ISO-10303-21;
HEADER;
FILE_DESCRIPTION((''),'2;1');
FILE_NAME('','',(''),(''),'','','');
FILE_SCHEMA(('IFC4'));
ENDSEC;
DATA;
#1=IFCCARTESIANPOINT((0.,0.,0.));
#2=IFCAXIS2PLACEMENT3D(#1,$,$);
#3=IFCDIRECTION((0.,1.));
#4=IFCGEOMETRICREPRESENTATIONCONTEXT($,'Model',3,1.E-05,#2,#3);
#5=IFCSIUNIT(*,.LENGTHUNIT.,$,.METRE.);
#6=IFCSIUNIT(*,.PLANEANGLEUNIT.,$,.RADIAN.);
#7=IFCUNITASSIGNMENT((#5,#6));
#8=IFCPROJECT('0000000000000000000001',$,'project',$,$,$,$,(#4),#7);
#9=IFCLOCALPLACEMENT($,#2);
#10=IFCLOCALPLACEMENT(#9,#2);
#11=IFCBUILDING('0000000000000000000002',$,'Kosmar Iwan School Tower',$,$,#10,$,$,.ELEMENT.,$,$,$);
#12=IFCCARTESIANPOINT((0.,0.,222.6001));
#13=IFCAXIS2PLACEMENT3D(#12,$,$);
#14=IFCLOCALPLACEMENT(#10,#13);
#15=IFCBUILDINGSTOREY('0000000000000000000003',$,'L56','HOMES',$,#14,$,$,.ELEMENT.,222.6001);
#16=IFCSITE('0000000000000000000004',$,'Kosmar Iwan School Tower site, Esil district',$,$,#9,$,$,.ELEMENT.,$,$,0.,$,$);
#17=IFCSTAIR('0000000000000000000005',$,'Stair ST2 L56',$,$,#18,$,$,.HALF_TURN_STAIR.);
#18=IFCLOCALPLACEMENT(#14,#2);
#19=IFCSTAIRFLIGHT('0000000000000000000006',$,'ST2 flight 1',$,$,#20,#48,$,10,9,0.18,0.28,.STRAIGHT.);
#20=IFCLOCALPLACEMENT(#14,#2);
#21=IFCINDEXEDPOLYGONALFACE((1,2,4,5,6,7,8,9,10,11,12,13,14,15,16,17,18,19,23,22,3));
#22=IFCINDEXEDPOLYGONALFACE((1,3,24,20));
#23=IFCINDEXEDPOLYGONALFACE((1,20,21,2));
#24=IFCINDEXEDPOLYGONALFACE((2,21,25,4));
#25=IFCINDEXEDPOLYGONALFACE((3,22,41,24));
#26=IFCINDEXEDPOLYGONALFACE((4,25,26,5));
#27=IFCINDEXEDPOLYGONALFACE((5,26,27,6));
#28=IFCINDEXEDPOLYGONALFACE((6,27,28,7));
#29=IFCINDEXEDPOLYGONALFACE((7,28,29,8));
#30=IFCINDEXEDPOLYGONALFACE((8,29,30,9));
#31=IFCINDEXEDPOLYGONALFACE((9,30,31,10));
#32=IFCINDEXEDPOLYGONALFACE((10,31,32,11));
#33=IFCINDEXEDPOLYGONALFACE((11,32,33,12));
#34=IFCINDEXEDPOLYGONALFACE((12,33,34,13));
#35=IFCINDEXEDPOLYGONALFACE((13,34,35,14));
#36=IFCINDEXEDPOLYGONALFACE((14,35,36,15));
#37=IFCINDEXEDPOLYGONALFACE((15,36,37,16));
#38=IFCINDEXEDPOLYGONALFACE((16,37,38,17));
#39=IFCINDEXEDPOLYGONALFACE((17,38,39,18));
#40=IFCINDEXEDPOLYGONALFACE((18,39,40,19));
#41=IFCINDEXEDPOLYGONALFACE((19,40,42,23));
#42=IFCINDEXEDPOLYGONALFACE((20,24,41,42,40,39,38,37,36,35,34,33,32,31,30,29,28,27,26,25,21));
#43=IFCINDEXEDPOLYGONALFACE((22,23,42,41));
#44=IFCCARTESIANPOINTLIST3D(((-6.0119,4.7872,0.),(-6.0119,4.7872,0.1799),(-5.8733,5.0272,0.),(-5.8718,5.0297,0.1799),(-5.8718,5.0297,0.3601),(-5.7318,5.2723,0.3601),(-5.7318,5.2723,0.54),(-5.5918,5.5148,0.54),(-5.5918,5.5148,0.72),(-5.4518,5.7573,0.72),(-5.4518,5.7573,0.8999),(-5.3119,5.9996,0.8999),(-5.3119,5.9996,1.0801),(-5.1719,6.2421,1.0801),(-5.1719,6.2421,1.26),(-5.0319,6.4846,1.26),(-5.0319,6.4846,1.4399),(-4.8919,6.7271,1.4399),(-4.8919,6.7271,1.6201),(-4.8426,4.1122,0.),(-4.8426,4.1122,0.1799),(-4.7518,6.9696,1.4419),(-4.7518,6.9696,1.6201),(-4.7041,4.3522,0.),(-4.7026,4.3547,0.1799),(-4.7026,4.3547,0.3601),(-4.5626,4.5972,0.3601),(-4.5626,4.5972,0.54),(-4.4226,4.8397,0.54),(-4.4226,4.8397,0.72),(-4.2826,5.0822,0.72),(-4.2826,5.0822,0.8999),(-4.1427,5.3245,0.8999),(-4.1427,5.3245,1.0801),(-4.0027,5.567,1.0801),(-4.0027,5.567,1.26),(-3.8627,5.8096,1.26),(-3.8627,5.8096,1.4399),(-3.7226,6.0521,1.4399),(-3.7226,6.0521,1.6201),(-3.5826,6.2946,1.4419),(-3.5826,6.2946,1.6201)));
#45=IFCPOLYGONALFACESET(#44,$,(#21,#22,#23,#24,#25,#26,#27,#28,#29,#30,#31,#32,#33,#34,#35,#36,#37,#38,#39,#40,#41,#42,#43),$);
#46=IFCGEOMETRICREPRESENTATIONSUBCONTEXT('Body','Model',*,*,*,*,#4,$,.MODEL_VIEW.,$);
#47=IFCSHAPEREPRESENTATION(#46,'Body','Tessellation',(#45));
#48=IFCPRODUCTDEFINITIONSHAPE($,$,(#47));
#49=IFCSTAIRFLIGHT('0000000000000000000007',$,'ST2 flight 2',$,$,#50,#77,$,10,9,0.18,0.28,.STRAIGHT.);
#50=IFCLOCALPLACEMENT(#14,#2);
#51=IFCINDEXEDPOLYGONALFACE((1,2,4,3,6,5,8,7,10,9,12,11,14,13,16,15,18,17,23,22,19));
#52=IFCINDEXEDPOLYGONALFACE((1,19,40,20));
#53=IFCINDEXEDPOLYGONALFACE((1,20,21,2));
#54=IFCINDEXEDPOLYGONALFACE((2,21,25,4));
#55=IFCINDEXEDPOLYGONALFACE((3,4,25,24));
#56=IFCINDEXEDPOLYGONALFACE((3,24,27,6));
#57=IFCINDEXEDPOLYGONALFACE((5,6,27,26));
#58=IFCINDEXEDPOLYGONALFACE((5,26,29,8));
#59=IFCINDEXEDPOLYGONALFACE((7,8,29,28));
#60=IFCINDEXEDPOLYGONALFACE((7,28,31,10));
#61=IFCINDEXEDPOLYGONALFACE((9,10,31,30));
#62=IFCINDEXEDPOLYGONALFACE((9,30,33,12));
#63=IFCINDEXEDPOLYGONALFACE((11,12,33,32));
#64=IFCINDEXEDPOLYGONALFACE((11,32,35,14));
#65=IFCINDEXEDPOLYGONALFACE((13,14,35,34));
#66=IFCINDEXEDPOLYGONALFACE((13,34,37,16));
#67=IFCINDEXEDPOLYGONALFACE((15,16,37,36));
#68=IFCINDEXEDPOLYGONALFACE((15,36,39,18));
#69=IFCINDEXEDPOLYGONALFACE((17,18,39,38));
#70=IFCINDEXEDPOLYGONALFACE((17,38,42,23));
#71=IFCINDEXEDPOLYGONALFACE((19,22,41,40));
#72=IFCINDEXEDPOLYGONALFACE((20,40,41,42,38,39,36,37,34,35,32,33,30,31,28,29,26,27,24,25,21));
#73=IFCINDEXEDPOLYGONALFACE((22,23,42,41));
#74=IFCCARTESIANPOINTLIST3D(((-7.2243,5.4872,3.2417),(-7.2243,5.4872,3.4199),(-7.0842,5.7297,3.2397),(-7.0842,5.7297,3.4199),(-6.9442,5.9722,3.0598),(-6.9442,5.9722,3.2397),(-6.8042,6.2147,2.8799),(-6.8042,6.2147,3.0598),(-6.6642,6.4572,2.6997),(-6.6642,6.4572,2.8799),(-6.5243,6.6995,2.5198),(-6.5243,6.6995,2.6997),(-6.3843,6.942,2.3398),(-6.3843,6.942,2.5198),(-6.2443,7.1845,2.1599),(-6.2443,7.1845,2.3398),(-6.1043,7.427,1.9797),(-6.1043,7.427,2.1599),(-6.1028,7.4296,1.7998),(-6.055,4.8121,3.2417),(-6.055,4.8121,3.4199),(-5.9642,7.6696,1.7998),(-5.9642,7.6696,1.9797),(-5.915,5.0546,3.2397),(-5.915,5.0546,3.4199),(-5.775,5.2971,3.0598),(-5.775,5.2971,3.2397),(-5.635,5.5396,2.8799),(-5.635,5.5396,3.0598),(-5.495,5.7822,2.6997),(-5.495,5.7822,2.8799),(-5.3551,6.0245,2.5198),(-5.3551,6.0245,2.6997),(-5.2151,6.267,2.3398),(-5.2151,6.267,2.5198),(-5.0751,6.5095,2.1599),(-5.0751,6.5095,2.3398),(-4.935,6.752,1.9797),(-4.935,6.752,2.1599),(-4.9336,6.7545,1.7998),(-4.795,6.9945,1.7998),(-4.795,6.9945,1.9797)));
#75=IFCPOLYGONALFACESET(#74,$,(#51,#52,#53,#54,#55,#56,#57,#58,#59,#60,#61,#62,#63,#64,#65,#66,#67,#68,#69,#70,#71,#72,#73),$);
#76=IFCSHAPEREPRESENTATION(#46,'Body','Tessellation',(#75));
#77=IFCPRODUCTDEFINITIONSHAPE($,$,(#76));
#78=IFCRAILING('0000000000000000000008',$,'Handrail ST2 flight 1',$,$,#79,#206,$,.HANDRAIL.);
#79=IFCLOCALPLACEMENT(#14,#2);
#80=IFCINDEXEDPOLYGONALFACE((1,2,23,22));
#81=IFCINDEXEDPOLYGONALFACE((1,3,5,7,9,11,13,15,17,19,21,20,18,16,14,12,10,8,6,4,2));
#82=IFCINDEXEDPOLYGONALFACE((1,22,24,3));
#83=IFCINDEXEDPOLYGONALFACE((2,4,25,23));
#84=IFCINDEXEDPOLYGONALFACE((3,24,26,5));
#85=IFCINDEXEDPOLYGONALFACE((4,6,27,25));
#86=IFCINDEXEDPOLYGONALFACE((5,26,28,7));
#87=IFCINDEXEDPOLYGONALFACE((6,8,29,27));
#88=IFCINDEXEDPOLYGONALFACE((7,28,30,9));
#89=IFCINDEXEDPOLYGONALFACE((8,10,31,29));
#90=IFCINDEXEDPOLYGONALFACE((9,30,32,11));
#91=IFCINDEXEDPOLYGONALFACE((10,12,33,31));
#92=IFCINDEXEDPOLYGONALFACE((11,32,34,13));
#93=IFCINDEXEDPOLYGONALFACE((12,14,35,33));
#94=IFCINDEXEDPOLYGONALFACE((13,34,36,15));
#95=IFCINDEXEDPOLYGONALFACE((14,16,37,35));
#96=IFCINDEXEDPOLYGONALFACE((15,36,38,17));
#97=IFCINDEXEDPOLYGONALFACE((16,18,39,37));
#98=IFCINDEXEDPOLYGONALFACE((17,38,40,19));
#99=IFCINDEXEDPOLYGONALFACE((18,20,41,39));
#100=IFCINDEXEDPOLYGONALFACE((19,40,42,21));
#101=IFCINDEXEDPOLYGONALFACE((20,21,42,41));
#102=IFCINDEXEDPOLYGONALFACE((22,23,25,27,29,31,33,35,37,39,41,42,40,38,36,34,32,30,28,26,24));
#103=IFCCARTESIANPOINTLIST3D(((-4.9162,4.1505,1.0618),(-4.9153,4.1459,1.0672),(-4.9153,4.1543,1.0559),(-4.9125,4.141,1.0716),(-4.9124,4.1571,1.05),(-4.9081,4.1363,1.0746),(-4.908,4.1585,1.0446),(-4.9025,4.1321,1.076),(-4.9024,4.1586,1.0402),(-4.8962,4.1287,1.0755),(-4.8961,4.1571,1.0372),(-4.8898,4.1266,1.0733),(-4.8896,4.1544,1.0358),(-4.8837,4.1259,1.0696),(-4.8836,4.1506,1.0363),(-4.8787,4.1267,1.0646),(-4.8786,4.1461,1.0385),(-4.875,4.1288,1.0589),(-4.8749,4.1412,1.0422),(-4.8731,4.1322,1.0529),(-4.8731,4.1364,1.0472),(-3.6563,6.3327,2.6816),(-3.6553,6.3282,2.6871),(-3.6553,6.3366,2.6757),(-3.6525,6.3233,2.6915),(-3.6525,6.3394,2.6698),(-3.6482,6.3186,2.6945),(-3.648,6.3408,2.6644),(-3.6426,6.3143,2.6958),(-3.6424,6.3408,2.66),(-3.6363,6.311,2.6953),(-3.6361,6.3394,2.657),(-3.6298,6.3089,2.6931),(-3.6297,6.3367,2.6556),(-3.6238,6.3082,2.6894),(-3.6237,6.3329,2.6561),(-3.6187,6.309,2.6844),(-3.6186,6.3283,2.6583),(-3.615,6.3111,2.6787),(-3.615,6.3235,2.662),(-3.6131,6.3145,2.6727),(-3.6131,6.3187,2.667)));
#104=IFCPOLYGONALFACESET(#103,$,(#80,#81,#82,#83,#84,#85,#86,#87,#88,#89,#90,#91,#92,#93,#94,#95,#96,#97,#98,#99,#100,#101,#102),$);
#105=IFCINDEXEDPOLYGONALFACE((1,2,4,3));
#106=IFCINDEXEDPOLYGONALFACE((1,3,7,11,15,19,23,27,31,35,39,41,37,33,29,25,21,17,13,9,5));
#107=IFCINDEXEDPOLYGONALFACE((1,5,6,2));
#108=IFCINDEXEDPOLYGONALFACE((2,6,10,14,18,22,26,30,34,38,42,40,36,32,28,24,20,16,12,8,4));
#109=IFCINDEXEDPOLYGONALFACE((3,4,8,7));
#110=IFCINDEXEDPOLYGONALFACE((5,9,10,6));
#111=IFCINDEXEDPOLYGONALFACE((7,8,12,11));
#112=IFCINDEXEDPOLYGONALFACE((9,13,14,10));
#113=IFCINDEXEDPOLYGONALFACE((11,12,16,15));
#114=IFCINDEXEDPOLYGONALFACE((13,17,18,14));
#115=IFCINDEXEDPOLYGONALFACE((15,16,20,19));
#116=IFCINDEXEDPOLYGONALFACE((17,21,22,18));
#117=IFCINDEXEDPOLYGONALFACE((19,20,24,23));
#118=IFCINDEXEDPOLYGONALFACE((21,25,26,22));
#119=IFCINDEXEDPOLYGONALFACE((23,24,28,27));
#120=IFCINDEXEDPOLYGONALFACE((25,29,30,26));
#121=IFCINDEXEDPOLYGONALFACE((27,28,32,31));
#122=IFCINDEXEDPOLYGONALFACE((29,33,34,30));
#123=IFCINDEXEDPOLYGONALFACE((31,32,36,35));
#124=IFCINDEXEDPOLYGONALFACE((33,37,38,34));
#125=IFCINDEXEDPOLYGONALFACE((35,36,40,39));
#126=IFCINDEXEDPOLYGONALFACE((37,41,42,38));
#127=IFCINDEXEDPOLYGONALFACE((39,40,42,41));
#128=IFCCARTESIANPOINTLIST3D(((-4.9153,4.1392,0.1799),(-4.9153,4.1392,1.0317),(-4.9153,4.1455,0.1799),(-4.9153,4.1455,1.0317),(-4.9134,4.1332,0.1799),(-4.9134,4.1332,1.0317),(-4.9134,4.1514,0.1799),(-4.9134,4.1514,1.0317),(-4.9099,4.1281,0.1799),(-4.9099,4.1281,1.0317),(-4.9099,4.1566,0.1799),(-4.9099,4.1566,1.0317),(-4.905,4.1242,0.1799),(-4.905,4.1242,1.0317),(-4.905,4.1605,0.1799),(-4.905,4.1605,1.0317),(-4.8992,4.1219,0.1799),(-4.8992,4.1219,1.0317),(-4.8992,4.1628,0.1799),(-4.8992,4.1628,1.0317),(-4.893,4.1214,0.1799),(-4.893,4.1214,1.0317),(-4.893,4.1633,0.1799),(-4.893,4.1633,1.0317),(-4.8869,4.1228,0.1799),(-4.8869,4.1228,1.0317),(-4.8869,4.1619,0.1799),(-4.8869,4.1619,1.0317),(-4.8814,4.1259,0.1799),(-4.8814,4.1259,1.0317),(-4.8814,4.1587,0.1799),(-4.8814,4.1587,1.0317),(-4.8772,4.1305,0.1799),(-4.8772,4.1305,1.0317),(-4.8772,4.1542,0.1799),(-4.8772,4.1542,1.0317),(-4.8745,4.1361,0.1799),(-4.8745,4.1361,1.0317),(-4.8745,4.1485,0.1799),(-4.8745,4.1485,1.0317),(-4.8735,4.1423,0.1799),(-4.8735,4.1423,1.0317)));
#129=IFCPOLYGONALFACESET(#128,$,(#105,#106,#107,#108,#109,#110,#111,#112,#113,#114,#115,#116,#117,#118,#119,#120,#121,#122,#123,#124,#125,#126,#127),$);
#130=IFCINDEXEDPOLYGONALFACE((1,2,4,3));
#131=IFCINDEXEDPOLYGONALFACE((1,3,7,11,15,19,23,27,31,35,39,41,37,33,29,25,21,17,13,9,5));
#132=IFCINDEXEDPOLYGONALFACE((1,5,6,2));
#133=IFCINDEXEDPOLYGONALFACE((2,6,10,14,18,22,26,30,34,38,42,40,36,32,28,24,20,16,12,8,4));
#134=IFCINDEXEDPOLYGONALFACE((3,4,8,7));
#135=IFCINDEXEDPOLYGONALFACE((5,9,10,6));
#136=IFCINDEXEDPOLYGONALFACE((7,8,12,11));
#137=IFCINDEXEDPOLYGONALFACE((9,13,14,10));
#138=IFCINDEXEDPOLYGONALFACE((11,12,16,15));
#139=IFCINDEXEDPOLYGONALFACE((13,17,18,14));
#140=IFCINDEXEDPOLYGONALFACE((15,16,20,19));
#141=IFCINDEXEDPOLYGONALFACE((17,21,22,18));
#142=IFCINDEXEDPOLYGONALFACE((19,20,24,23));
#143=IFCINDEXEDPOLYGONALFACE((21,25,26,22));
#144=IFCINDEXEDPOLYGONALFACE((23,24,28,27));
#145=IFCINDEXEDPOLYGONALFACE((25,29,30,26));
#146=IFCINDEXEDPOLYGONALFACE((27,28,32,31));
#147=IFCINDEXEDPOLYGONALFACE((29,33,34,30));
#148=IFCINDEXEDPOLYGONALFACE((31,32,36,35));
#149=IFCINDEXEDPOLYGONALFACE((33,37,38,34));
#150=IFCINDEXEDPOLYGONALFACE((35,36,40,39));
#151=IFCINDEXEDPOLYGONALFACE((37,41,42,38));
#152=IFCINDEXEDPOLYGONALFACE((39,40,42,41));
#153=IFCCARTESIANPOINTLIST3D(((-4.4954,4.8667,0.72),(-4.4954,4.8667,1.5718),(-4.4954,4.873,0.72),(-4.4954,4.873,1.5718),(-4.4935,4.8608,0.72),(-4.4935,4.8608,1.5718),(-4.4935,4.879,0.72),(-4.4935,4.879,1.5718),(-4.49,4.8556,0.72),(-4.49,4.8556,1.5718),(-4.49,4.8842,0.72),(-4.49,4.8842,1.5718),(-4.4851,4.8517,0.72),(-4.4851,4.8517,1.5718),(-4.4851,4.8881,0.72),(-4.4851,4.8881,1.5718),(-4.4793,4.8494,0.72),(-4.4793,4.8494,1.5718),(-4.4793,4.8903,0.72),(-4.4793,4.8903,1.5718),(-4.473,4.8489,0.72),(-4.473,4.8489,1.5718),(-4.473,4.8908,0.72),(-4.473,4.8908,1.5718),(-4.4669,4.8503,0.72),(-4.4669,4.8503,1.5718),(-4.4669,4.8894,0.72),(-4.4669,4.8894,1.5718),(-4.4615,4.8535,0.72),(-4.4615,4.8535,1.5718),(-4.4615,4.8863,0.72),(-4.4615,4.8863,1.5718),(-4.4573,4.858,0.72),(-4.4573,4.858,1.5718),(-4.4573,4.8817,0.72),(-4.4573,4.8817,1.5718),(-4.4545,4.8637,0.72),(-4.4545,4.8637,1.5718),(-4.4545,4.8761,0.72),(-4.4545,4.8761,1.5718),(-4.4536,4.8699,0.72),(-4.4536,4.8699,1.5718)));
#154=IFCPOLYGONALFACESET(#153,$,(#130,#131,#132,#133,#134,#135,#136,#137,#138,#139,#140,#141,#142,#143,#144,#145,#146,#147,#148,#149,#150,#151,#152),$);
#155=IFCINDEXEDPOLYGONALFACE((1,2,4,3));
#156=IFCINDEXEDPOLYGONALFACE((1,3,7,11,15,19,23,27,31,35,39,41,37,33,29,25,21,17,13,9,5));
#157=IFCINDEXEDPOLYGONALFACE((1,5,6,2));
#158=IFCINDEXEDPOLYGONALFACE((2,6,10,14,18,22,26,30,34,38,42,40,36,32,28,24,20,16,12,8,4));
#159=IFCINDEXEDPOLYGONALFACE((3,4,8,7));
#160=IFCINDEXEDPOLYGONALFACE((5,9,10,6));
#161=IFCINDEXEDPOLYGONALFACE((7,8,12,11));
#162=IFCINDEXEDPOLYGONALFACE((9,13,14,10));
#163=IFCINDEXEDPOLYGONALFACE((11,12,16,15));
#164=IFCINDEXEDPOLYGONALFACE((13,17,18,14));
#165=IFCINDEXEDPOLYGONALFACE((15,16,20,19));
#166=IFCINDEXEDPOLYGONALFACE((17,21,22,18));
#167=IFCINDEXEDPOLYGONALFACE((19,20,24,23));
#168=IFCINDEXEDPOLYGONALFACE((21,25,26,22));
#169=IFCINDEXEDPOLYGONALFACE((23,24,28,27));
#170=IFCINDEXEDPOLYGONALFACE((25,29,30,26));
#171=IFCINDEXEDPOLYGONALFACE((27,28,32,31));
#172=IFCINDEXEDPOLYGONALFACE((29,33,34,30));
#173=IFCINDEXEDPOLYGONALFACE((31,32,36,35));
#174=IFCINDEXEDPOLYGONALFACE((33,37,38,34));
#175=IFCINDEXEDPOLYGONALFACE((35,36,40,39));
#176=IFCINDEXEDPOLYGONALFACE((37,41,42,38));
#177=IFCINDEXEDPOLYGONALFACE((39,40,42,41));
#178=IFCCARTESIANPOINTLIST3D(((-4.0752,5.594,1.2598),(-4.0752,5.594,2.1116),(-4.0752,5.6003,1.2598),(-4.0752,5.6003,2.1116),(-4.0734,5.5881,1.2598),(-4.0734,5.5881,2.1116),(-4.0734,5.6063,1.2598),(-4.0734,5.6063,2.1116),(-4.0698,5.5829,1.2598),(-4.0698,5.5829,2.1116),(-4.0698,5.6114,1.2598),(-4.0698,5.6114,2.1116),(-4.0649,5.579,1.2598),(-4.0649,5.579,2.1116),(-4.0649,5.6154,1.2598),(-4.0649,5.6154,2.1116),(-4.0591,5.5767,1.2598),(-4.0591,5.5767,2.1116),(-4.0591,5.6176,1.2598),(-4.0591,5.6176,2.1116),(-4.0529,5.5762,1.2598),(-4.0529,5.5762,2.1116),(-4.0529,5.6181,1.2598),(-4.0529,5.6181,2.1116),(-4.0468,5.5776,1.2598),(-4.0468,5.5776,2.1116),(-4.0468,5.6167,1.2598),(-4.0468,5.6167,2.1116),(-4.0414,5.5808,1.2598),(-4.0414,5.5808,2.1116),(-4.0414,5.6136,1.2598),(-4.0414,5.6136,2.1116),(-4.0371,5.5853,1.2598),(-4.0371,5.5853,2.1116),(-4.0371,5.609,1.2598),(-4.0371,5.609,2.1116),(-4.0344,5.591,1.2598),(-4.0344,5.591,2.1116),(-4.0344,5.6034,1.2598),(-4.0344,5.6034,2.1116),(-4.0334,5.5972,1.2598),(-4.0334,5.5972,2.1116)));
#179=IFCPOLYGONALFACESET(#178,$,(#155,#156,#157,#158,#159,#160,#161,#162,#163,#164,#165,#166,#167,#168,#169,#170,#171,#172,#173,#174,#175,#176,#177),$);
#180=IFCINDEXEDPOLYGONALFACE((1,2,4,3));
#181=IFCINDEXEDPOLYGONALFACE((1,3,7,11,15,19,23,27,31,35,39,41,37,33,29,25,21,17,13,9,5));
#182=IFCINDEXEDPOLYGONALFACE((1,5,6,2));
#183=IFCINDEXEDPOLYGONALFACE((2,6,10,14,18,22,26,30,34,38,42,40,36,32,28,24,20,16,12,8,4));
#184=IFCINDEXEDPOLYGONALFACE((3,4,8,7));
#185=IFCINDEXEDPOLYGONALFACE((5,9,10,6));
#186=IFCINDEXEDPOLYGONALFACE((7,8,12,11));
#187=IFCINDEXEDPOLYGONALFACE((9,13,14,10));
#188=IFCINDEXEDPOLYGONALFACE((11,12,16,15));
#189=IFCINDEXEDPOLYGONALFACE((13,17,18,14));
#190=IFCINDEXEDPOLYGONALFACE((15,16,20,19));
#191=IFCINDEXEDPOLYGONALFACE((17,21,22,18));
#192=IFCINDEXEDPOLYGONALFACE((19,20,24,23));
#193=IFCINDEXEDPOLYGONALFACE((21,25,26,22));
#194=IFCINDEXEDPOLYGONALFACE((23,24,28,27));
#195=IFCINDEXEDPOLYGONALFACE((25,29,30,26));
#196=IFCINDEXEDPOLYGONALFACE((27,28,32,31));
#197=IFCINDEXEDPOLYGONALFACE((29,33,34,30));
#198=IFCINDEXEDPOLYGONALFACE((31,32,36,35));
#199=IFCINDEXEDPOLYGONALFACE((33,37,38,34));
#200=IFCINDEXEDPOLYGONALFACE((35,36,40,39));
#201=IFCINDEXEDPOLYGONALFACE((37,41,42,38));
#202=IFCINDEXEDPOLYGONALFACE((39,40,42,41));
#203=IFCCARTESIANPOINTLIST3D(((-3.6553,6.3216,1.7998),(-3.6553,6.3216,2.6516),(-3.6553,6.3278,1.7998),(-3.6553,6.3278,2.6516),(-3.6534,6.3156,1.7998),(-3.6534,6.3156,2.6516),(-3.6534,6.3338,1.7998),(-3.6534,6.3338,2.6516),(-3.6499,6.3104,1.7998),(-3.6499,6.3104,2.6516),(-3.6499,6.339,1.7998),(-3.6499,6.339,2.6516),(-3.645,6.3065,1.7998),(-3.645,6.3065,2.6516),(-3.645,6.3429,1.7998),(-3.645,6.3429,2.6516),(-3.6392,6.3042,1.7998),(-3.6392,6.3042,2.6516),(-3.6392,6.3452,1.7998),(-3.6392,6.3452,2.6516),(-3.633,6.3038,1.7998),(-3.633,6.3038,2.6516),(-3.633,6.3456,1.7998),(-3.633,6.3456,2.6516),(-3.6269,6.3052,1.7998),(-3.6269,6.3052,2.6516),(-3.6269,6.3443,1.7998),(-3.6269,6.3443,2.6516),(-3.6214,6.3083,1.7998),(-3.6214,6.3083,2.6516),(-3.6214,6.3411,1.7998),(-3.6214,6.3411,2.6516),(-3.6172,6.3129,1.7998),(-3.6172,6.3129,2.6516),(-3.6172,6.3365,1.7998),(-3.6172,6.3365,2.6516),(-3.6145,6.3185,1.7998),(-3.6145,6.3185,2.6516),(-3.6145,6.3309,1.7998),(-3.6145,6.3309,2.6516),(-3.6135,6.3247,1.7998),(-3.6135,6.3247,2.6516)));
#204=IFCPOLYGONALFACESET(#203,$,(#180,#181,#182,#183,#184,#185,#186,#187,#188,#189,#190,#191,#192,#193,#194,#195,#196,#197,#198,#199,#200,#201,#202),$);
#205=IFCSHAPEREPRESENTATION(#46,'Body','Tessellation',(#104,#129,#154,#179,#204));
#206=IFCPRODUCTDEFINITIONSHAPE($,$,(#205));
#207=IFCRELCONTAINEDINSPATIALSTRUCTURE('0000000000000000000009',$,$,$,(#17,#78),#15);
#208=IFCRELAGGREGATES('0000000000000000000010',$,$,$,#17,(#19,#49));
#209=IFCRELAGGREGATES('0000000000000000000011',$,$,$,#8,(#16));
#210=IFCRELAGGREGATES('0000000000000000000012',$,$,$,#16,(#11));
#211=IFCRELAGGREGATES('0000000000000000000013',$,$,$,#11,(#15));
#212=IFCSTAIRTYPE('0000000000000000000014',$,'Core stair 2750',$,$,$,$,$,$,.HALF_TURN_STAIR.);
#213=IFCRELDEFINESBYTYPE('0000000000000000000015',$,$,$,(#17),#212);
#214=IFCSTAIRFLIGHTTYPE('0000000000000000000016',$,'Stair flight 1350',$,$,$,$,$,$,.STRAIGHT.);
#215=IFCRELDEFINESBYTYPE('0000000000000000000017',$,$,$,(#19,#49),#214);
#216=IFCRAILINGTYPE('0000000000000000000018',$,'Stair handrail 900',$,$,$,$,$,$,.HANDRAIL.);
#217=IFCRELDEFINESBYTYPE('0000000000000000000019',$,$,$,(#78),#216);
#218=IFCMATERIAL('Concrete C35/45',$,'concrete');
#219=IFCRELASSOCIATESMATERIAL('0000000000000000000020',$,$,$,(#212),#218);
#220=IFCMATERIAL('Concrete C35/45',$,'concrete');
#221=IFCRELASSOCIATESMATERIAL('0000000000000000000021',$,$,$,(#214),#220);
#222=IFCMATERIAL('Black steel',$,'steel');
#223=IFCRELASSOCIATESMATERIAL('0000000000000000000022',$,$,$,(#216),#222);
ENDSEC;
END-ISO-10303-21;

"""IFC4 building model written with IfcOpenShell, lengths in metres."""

from ifc_helpers import new_model, si_unit, direction, frame, origin, origin_2d, place, context, subcontext, project, spatial, polyline, circle, outline, extrude, material, type_object, element, aggregate, save


model = new_model("IFC4")

# Units and contexts
model_context = context("Model", 3, precision=1e-05, world=origin(), true_north=direction((0.0, 1.0)))
body_context = subcontext(model_context, "Body", "Model", "MODEL_VIEW")
ifc_project = project(units=[si_unit("LENGTHUNIT", "METRE"), si_unit("PLANEANGLEUNIT", "RADIAN")], contexts=[model_context])

# Site, building, storey
site_placement = place(None, origin())
site = spatial("IfcSite", under=ifc_project, at=site_placement, Name="Kosmar Iwan School Tower site, Esil district", CompositionType="ELEMENT", RefElevation=0.0)
building_placement = place(site_placement, origin())
building = spatial("IfcBuilding", under=site, at=building_placement, Name="Kosmar Iwan School Tower", CompositionType="ELEMENT")
storey_placement = place(building_placement, frame((0.0, 0.0, 222.6001)))
storey = spatial("IfcBuildingStorey", under=building, at=storey_placement, Name="L56", Description="HOMES", CompositionType="ELEMENT", Elevation=222.6001)

# Stair, stair flights
ifc_material_1 = material(Name="Concrete C35/45", Category="concrete")
stair_type = type_object("IfcStairType", Name="Core stair 2750", PredefinedType="HALF_TURN_STAIR", material=ifc_material_1)
stair_placement = place(storey_placement, origin())
stair = element("IfcStair", 1, at=stair_placement, inside=storey, type_object=stair_type, Name="Stair ST2 L56", PredefinedType="HALF_TURN_STAIR")
ifc_material_2 = material(Name="Concrete C35/45", Category="concrete")
stair_flight_type = type_object("IfcStairFlightType", Name="Stair flight 1350", PredefinedType="STRAIGHT", material=ifc_material_2)
stair_flight_1_placement = place(storey_placement, frame((-5.4272, 4.4497, 0.0), z_axis=(0.0, 0.0, 1.0), x_axis=(0.5, 0.866025, 0.0)))
stair_flight_1 = element("IfcStairFlight", 2, at=stair_flight_1_placement, type_object=stair_flight_type, Name="ST2 flight 1", NumberOfRisers=10, NumberOfTreads=9, PredefinedType="STRAIGHT", RiserHeight=0.18, TreadLength=0.28, context=body_context, shape_type="SweptSolid", body=[
    extrude(outline(polyline([(0.0, 0.0), (0.0, 0.1799), (0.28, 0.1799), (0.28, 0.3601), (0.5601, 0.3601), (0.5601, 0.54), (0.8401, 0.54), (0.8401, 0.72), (1.1201, 0.72), (1.1201, 0.8999), (1.3999, 0.8999), (1.3999, 1.0801), (1.6799, 1.0801), (1.6799, 1.26), (1.96, 1.26), (1.96, 1.4399), (2.24, 1.4399), (2.24, 1.6201), (2.52, 1.6201), (2.52, 1.8), (2.52, 1.4419), (0.2771, 0.0), (0.0, 0.0)])), frame((0.0, 0.675, 0.0), z_axis=(0.0, -1.0, 0.0), x_axis=(1.0, 0.0, 0.0)), (0.0, 0.0, 1.0), 1.3501),
])
stair_flight_2_placement = place(storey_placement, frame((-5.3796, 7.332, 1.7998), z_axis=(0.0, 0.0, 1.0), x_axis=(-0.5, -0.866025, 0.0)))
stair_flight_2 = element("IfcStairFlight", 3, at=stair_flight_2_placement, type_object=stair_flight_type, Name="ST2 flight 2", NumberOfRisers=10, NumberOfTreads=9, PredefinedType="STRAIGHT", RiserHeight=0.18, TreadLength=0.28, context=body_context, shape_type="SweptSolid", body=[
    extrude(outline(polyline([(0.0, 0.0), (0.0, 0.1799), (0.28, 0.1799), (0.28, 0.3601), (0.5601, 0.3601), (0.5601, 0.54), (0.8401, 0.54), (0.8401, 0.72), (1.1201, 0.72), (1.1201, 0.8999), (1.3999, 0.8999), (1.3999, 1.0801), (1.6799, 1.0801), (1.6799, 1.26), (1.96, 1.26), (1.96, 1.4399), (2.24, 1.4399), (2.24, 1.6201), (2.52, 1.6201), (2.52, 1.8), (2.52, 1.4419), (0.2771, 0.0), (0.0, 0.0)])), frame((0.0, 0.675, 0.0), z_axis=(0.0, -1.0, 0.0), x_axis=(1.0, 0.0, 0.0)), (0.0, 0.0, 1.0), 1.3501),
])
aggregate(stair, [stair_flight_1, stair_flight_2])

# Railing
ifc_material_3 = material(Name="Black steel", Category="steel")
railing_type = type_object("IfcRailingType", Name="Stair handrail 900", PredefinedType="HANDRAIL", material=ifc_material_3)
railing_1_placement = place(storey_placement, frame((-4.8945, 4.1423, 0.1799)))
element("IfcRailing", 4, at=railing_1_placement, inside=storey, type_object=railing_type, Name="Handrail ST2 flight 1", PredefinedType="HANDRAIL", context=body_context, shape_type="SweptSolid", body=[
    extrude(circle(Radius=0.0239, at=origin_2d()), frame((0.0, 0.0, 0.876), z_axis=(0.420603, 0.728496, 0.540728), x_axis=(-0.866023, 0.500005, 0.0)), (0.0, 0.0, 1.0), 2.9956),
    extrude(circle(Radius=0.021, at=origin_2d()), origin(), (0.0, 0.0, 1.0), 0.8518),
    extrude(circle(Radius=0.021, at=origin_2d()), frame((0.4199, 0.7275, 0.54)), (0.0, 0.0, 1.0), 0.8518),
    extrude(circle(Radius=0.021, at=origin_2d()), frame((0.8401, 1.4548, 1.0798)), (0.0, 0.0, 1.0), 0.8518),
    extrude(circle(Radius=0.021, at=origin_2d()), frame((1.26, 2.1824, 1.6199)), (0.0, 0.0, 1.0), 0.8518),
])

save(model, "model.ifc")
